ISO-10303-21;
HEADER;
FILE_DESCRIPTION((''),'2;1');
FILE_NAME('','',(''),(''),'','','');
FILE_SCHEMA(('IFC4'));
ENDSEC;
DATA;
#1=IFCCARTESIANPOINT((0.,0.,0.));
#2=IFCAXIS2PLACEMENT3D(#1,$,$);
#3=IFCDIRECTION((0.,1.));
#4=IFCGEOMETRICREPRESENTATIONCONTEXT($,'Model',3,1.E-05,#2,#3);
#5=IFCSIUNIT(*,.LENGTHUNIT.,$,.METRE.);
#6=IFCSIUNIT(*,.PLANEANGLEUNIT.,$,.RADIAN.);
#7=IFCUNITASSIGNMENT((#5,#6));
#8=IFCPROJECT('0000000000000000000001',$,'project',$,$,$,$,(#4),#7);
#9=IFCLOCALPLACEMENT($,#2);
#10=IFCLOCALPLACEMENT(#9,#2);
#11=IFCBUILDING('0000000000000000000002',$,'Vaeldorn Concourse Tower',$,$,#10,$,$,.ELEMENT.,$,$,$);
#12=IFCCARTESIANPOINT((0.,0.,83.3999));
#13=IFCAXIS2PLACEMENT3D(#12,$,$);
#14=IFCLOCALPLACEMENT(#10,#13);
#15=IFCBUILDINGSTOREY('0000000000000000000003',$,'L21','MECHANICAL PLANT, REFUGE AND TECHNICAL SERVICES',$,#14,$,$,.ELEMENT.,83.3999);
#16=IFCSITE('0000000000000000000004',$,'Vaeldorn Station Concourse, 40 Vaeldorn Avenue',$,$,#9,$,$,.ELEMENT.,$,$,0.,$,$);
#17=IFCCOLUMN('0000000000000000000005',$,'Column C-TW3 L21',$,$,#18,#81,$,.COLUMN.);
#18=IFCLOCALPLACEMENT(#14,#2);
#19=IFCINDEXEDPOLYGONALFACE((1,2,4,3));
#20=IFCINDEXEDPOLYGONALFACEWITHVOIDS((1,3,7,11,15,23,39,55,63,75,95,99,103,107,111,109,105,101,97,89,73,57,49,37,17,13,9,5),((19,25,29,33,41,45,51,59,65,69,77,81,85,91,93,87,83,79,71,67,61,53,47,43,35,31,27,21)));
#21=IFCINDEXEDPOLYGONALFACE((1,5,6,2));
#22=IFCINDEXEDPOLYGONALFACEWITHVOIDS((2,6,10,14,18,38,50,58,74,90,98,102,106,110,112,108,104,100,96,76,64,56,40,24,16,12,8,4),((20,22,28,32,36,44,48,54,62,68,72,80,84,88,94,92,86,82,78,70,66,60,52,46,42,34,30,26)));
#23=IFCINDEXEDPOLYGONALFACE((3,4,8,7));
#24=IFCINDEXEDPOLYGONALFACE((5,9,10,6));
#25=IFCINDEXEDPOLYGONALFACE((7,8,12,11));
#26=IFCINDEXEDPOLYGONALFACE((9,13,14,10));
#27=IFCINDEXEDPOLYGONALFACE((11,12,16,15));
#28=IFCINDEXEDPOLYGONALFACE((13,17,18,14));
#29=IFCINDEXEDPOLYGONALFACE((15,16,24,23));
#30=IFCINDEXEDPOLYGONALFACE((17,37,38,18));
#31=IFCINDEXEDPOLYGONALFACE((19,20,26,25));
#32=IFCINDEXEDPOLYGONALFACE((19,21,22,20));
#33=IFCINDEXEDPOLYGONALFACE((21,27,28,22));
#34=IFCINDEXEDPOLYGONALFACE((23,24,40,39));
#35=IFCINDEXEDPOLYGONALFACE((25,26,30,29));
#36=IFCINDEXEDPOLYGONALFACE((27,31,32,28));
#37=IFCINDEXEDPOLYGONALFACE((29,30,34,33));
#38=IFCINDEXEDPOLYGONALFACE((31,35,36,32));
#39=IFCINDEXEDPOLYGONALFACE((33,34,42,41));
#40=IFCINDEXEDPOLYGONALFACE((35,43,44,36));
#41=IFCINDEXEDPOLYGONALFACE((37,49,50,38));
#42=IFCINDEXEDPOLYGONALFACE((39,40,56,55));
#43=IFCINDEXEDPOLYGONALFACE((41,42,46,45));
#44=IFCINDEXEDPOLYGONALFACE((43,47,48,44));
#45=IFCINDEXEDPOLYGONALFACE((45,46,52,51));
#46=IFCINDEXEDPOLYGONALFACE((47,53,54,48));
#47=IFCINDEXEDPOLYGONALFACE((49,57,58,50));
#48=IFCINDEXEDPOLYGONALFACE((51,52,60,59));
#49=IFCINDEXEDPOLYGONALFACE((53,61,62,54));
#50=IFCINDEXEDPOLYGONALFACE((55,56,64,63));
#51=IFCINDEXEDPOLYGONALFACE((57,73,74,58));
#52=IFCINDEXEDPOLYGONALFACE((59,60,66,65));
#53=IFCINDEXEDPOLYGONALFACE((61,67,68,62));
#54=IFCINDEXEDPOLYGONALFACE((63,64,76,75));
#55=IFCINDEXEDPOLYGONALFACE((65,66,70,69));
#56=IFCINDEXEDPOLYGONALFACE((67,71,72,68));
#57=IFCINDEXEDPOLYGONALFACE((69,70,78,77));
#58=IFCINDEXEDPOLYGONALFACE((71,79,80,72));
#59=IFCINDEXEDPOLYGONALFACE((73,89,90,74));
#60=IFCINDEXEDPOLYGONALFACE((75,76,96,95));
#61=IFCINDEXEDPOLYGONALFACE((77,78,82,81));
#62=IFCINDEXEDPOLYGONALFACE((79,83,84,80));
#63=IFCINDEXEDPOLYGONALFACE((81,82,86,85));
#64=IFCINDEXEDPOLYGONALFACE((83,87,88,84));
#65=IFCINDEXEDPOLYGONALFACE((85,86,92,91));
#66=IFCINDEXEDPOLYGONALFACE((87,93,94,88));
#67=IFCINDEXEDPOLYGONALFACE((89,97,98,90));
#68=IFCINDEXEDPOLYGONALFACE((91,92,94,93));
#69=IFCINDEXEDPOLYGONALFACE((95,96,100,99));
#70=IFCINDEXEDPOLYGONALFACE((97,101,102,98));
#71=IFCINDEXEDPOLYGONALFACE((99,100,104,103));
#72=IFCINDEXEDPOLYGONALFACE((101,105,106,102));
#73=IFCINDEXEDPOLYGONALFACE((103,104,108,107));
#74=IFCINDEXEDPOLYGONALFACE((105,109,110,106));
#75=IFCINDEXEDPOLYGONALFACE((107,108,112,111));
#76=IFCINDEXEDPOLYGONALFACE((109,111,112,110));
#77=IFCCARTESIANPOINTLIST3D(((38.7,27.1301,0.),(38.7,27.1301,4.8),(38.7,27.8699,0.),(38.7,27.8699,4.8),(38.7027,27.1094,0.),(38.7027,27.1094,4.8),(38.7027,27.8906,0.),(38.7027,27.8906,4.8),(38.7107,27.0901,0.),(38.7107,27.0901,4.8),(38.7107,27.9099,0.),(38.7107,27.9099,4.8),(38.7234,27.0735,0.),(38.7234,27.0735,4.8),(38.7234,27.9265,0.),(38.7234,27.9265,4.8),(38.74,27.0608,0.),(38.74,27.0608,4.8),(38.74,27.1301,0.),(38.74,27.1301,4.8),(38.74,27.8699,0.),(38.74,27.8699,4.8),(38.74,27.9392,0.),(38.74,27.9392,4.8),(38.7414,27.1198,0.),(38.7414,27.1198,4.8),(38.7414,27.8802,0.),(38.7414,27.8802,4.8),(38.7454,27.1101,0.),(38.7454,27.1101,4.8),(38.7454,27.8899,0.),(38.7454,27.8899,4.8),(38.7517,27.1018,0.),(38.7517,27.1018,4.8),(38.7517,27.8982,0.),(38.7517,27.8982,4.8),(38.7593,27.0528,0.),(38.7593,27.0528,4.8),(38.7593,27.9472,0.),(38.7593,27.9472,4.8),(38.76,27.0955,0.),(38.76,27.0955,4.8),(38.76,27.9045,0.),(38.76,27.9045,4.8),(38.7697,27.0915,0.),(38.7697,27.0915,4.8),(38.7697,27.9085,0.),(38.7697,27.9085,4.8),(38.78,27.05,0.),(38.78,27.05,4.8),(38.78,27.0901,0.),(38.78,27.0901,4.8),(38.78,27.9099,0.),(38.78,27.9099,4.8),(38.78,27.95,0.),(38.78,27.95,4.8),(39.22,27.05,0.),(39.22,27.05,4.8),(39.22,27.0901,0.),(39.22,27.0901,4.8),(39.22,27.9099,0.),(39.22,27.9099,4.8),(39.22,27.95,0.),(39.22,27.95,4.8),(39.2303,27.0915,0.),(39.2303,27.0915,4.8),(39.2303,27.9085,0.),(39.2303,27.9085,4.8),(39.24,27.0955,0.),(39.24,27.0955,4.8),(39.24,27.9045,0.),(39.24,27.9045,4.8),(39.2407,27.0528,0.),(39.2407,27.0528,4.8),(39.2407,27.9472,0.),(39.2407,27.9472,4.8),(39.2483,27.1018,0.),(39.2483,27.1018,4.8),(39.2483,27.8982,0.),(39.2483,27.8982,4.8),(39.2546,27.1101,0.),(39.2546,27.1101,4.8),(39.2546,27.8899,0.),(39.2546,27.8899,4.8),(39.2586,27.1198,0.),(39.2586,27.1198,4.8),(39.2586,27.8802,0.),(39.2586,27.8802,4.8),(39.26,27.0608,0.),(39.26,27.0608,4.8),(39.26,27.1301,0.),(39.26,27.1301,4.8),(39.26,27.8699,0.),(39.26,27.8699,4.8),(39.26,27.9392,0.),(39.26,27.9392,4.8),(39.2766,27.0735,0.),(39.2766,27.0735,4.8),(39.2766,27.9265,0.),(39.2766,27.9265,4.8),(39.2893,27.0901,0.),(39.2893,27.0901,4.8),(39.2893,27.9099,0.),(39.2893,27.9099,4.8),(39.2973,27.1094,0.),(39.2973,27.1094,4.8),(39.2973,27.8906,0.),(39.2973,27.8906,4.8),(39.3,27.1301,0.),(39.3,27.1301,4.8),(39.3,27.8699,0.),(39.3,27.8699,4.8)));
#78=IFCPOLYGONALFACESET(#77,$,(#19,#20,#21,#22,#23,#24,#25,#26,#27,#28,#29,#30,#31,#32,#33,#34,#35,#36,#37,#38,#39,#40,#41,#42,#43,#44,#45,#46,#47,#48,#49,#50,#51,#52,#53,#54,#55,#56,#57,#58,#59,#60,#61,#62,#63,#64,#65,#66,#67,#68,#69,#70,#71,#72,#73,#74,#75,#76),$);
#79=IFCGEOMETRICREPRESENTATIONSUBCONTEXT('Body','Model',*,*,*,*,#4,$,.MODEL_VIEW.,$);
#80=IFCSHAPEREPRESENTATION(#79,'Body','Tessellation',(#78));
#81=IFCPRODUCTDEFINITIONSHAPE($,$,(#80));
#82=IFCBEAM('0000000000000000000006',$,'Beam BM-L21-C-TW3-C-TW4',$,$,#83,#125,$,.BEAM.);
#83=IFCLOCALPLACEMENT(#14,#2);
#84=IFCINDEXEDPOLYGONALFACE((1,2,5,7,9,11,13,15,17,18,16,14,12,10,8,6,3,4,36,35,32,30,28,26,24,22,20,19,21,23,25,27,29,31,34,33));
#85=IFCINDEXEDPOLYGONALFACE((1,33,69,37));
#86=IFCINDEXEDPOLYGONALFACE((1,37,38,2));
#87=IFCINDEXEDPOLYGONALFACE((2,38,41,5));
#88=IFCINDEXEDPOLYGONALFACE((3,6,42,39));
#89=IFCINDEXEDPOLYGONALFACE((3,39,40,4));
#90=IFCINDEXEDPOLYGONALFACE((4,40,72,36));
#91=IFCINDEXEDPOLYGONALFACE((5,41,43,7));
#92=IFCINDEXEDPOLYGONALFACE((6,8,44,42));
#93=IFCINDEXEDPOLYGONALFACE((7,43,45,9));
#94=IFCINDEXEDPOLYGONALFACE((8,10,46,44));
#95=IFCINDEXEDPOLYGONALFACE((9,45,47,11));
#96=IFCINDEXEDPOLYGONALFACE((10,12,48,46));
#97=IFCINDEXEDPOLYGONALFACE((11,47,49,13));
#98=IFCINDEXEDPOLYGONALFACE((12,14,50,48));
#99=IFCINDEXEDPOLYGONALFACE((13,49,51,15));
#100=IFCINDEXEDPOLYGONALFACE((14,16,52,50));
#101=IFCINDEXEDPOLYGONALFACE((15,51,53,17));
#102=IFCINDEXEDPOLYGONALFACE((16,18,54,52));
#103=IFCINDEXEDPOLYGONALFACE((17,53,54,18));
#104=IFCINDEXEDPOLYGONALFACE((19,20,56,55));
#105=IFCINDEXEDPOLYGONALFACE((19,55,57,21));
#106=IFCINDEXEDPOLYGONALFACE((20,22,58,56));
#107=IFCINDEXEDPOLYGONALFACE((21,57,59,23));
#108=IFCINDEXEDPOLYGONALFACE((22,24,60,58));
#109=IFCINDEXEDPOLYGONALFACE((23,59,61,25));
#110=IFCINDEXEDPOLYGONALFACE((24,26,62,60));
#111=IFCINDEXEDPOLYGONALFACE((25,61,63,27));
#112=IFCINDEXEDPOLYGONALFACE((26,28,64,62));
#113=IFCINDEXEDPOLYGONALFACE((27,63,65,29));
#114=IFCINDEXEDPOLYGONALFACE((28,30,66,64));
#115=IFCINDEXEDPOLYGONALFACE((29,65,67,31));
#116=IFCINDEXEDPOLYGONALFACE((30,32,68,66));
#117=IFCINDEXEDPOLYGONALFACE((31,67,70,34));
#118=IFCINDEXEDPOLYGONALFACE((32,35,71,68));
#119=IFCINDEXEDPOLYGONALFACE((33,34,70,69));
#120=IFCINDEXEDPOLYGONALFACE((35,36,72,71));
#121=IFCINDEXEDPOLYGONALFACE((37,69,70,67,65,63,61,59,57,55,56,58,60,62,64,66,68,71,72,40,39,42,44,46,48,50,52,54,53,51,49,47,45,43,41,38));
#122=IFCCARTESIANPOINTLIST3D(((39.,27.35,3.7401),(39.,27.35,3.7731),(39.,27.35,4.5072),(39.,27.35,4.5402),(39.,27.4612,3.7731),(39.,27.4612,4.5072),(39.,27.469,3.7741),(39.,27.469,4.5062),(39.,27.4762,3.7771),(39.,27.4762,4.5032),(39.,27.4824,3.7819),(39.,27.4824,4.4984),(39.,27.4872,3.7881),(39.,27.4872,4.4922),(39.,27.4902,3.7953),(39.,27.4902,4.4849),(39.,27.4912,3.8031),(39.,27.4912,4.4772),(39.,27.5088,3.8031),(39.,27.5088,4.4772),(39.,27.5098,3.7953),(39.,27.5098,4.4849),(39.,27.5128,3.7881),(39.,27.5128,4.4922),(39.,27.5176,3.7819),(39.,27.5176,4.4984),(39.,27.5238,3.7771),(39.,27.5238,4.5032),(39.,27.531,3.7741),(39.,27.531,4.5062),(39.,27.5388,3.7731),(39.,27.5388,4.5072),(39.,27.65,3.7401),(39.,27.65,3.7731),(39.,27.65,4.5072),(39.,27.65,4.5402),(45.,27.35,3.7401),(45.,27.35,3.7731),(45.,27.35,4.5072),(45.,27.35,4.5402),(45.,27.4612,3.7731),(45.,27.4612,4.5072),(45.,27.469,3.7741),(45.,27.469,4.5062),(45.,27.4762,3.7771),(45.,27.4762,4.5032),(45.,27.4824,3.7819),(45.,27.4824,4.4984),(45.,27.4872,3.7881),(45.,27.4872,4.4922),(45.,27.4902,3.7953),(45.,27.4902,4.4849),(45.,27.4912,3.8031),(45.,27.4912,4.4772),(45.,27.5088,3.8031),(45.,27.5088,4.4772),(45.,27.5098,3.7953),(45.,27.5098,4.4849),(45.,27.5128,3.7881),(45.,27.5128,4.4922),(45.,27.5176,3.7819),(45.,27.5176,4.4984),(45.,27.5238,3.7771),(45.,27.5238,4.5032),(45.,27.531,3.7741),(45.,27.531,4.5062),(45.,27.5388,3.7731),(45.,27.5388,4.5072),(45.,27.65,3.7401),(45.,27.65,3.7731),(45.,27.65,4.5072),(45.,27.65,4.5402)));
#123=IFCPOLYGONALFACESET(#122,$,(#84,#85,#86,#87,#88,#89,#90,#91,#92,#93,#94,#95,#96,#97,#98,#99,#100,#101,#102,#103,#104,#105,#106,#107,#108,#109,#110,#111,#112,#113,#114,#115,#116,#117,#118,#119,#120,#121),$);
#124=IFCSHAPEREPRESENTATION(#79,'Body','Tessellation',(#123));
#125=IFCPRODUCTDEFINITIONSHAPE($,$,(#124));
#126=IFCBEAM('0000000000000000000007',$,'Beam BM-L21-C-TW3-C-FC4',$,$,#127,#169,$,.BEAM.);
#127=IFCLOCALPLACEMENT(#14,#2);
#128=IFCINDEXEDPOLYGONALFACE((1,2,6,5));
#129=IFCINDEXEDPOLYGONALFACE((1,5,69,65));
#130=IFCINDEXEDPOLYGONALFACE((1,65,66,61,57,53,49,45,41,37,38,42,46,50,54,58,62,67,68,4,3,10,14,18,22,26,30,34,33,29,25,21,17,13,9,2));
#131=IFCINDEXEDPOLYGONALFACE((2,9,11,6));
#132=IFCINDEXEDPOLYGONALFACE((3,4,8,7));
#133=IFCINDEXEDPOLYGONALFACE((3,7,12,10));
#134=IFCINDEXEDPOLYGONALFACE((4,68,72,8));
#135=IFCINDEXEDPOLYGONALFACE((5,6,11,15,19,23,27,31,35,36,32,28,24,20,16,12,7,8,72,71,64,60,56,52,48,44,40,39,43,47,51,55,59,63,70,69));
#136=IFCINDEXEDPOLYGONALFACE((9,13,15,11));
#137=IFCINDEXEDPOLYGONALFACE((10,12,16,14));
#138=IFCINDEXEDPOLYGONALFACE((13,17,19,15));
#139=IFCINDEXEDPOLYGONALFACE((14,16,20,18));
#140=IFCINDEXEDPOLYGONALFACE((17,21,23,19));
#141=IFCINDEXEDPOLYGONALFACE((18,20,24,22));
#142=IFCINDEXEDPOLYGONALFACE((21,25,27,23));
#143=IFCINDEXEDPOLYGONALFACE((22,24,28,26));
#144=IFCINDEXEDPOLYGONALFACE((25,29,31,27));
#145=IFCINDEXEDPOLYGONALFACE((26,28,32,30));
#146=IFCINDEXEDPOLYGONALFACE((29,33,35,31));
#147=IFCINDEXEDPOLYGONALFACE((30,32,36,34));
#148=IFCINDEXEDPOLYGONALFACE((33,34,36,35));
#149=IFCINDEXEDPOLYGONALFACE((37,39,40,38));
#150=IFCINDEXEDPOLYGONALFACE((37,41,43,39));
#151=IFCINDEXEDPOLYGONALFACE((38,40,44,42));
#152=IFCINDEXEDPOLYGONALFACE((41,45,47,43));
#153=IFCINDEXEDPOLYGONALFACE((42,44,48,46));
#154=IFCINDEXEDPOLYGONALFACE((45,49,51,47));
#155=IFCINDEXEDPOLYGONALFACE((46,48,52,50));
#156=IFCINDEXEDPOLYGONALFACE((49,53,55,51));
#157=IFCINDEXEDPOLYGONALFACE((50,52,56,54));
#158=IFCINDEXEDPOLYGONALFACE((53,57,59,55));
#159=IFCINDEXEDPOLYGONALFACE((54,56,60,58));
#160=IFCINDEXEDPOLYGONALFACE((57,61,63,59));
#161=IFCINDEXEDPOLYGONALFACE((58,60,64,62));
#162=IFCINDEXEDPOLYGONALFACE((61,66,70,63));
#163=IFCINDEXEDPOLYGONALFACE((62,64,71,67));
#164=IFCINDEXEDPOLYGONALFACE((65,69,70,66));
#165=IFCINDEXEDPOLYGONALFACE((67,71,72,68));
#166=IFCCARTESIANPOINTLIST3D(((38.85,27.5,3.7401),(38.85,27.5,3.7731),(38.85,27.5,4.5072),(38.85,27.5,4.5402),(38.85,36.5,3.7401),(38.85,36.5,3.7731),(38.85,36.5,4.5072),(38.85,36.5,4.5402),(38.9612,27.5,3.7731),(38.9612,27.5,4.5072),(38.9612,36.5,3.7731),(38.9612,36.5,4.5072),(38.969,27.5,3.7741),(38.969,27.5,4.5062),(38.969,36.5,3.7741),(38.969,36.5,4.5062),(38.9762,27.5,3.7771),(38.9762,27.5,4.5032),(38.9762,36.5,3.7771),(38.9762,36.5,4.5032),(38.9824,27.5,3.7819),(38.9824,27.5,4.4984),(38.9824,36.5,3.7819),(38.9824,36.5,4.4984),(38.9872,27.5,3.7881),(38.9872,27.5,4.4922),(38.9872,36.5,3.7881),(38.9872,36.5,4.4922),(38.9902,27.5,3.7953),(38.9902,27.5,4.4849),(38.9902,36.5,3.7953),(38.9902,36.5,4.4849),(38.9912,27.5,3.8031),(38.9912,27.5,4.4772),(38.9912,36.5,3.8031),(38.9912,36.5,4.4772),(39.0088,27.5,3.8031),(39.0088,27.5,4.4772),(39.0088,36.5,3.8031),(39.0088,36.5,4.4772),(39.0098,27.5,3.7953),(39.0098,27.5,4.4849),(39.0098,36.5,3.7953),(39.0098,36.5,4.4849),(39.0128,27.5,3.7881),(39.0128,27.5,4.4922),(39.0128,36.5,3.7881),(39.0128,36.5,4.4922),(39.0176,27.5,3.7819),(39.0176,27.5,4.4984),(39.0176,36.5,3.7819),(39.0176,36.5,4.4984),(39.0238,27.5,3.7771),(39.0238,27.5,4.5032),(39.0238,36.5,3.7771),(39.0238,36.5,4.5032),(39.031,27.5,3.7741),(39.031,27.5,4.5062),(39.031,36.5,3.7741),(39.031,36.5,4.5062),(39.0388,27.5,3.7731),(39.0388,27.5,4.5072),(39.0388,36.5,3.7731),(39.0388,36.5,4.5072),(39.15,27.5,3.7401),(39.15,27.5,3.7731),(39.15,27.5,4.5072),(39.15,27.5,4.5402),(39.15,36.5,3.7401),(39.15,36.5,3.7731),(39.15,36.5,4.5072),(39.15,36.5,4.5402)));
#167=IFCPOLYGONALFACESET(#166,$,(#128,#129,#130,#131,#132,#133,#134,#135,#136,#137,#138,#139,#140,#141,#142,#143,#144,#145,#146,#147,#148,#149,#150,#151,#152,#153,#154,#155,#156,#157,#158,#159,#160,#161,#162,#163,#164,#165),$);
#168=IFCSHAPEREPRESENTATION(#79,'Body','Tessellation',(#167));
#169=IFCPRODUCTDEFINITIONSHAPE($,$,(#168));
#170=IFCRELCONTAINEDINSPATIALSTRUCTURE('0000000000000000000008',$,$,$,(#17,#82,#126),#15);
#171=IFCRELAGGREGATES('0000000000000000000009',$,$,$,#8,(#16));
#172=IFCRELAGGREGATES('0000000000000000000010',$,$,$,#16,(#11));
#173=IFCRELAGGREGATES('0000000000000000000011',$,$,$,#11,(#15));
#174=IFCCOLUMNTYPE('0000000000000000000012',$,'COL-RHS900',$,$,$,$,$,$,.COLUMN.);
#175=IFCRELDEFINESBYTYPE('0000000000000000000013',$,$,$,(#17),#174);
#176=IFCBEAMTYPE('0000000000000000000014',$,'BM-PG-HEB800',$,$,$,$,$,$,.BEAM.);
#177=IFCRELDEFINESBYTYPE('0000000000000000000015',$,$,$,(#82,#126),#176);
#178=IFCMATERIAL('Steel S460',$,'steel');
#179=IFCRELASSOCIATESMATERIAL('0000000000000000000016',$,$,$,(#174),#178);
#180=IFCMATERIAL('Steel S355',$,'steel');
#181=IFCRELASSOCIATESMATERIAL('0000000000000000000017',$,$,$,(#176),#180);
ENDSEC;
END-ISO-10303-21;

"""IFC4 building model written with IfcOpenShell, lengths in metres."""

from ifc_helpers import new_model, si_unit, direction, frame, origin, origin_2d, place, context, subcontext, project, spatial, hollow_rectangle, i_section, extrude, source, transform, mapped, material, material_profile, profile_set, type_object, element, save


model = new_model("IFC4")

# Units and contexts
model_context = context("Model", 3, precision=1e-05, world=origin(), true_north=direction((0.0, 1.0)))
body_context = subcontext(model_context, "Body", "Model", "MODEL_VIEW")
ifc_project = project(units=[si_unit("LENGTHUNIT", "METRE"), si_unit("PLANEANGLEUNIT", "RADIAN")], contexts=[model_context])

# Site, building, storey
site_placement = place(None, origin())
site = spatial("IfcSite", under=ifc_project, at=site_placement, Name="Vaeldorn Station Concourse, 40 Vaeldorn Avenue", CompositionType="ELEMENT", RefElevation=0.0)
building_placement = place(site_placement, origin())
building = spatial("IfcBuilding", under=site, at=building_placement, Name="Vaeldorn Concourse Tower", CompositionType="ELEMENT")
storey_placement = place(building_placement, frame((0.0, 0.0, 83.3999)))
storey = spatial("IfcBuildingStorey", under=building, at=storey_placement, Name="L21", Description="MECHANICAL PLANT, REFUGE AND TECHNICAL SERVICES", CompositionType="ELEMENT", Elevation=83.3999)

# Column
ifc_material_1 = material(Name="Steel S460", Category="steel")
ifc_material_profile_1 = material_profile(ifc_material_1, hollow_rectangle(XDim=0.6001, YDim=0.8999, WallThickness=0.04, InnerFilletRadius=0.04, OuterFilletRadius=0.0801, at=origin_2d()), Name="RHS 900x600x40")
ifc_profile_set_1 = profile_set([ifc_material_profile_1], Name="Steel S460")
column_type = type_object("IfcColumnType", Name="COL-RHS900", PredefinedType="COLUMN", material=ifc_profile_set_1)
shared_shape_1 = source(origin(), body_context, "Body", "SweptSolid", [
    extrude(hollow_rectangle(XDim=0.6001, YDim=0.8999, WallThickness=0.04, InnerFilletRadius=0.04, OuterFilletRadius=0.0801, at=origin_2d()), origin(), (0.0, 0.0, 1.0), 4.8),
])
column_placement = place(storey_placement, frame((39.0, 27.5, 0.0), z_axis=(0.0, 0.0, 1.0), x_axis=(1.0, 0.0, 0.0)))
element("IfcColumn", 1, at=column_placement, inside=storey, type_object=column_type, Name="Column C-TW3 L21", PredefinedType="COLUMN", context=body_context, shape_type="MappedRepresentation", body=[
    mapped(shared_shape_1, transform((0.0, 0.0, 0.0), scale=1.0)),
])

# Beams
ifc_material_2 = material(Name="Steel S355", Category="steel")
ifc_material_profile_2 = material_profile(ifc_material_2, i_section(OverallWidth=0.3, OverallDepth=0.8, WebThickness=0.0176, FlangeThickness=0.033, FilletRadius=0.03, at=origin_2d()), Name="HEB 800")
ifc_profile_set_2 = profile_set([ifc_material_profile_2], Name="Steel S355")
beam_type_1 = type_object("IfcBeamType", Name="BM-PG-HEB800", PredefinedType="BEAM", material=ifc_profile_set_2)
shared_shape_2 = source(origin(), body_context, "Body", "SweptSolid", [
    extrude(i_section(OverallWidth=0.3, OverallDepth=0.8, WebThickness=0.0176, FlangeThickness=0.033, FilletRadius=0.03, at=origin_2d()), origin(), (0.0, 0.0, 1.0), 6.0),
])
beam_1_placement = place(storey_placement, frame((39.0, 27.5, 4.1401), z_axis=(1.0, 0.0, 0.0), x_axis=(0.0, 1.0, 0.0)))
element("IfcBeam", 2, at=beam_1_placement, inside=storey, type_object=beam_type_1, Name="Beam BM-L21-C-TW3-C-TW4", PredefinedType="BEAM", context=body_context, shape_type="MappedRepresentation", body=[
    mapped(shared_shape_2, transform((0.0, 0.0, 0.0), scale=1.0)),
])
shared_shape_3 = source(origin(), body_context, "Body", "SweptSolid", [
    extrude(i_section(OverallWidth=0.3, OverallDepth=0.8, WebThickness=0.0176, FlangeThickness=0.033, FilletRadius=0.03, at=origin_2d()), origin(), (0.0, 0.0, 1.0), 9.0),
])
beam_2_placement = place(storey_placement, frame((39.0, 27.5, 4.1401), z_axis=(0.0, 1.0, 0.0), x_axis=(-1.0, 0.0, 0.0)))
element("IfcBeam", 3, at=beam_2_placement, inside=storey, type_object=beam_type_1, Name="Beam BM-L21-C-TW3-C-FC4", PredefinedType="BEAM", context=body_context, shape_type="MappedRepresentation", body=[
    mapped(shared_shape_3, transform((0.0, 0.0, 0.0), scale=1.0)),
])

save(model, "model.ifc")
